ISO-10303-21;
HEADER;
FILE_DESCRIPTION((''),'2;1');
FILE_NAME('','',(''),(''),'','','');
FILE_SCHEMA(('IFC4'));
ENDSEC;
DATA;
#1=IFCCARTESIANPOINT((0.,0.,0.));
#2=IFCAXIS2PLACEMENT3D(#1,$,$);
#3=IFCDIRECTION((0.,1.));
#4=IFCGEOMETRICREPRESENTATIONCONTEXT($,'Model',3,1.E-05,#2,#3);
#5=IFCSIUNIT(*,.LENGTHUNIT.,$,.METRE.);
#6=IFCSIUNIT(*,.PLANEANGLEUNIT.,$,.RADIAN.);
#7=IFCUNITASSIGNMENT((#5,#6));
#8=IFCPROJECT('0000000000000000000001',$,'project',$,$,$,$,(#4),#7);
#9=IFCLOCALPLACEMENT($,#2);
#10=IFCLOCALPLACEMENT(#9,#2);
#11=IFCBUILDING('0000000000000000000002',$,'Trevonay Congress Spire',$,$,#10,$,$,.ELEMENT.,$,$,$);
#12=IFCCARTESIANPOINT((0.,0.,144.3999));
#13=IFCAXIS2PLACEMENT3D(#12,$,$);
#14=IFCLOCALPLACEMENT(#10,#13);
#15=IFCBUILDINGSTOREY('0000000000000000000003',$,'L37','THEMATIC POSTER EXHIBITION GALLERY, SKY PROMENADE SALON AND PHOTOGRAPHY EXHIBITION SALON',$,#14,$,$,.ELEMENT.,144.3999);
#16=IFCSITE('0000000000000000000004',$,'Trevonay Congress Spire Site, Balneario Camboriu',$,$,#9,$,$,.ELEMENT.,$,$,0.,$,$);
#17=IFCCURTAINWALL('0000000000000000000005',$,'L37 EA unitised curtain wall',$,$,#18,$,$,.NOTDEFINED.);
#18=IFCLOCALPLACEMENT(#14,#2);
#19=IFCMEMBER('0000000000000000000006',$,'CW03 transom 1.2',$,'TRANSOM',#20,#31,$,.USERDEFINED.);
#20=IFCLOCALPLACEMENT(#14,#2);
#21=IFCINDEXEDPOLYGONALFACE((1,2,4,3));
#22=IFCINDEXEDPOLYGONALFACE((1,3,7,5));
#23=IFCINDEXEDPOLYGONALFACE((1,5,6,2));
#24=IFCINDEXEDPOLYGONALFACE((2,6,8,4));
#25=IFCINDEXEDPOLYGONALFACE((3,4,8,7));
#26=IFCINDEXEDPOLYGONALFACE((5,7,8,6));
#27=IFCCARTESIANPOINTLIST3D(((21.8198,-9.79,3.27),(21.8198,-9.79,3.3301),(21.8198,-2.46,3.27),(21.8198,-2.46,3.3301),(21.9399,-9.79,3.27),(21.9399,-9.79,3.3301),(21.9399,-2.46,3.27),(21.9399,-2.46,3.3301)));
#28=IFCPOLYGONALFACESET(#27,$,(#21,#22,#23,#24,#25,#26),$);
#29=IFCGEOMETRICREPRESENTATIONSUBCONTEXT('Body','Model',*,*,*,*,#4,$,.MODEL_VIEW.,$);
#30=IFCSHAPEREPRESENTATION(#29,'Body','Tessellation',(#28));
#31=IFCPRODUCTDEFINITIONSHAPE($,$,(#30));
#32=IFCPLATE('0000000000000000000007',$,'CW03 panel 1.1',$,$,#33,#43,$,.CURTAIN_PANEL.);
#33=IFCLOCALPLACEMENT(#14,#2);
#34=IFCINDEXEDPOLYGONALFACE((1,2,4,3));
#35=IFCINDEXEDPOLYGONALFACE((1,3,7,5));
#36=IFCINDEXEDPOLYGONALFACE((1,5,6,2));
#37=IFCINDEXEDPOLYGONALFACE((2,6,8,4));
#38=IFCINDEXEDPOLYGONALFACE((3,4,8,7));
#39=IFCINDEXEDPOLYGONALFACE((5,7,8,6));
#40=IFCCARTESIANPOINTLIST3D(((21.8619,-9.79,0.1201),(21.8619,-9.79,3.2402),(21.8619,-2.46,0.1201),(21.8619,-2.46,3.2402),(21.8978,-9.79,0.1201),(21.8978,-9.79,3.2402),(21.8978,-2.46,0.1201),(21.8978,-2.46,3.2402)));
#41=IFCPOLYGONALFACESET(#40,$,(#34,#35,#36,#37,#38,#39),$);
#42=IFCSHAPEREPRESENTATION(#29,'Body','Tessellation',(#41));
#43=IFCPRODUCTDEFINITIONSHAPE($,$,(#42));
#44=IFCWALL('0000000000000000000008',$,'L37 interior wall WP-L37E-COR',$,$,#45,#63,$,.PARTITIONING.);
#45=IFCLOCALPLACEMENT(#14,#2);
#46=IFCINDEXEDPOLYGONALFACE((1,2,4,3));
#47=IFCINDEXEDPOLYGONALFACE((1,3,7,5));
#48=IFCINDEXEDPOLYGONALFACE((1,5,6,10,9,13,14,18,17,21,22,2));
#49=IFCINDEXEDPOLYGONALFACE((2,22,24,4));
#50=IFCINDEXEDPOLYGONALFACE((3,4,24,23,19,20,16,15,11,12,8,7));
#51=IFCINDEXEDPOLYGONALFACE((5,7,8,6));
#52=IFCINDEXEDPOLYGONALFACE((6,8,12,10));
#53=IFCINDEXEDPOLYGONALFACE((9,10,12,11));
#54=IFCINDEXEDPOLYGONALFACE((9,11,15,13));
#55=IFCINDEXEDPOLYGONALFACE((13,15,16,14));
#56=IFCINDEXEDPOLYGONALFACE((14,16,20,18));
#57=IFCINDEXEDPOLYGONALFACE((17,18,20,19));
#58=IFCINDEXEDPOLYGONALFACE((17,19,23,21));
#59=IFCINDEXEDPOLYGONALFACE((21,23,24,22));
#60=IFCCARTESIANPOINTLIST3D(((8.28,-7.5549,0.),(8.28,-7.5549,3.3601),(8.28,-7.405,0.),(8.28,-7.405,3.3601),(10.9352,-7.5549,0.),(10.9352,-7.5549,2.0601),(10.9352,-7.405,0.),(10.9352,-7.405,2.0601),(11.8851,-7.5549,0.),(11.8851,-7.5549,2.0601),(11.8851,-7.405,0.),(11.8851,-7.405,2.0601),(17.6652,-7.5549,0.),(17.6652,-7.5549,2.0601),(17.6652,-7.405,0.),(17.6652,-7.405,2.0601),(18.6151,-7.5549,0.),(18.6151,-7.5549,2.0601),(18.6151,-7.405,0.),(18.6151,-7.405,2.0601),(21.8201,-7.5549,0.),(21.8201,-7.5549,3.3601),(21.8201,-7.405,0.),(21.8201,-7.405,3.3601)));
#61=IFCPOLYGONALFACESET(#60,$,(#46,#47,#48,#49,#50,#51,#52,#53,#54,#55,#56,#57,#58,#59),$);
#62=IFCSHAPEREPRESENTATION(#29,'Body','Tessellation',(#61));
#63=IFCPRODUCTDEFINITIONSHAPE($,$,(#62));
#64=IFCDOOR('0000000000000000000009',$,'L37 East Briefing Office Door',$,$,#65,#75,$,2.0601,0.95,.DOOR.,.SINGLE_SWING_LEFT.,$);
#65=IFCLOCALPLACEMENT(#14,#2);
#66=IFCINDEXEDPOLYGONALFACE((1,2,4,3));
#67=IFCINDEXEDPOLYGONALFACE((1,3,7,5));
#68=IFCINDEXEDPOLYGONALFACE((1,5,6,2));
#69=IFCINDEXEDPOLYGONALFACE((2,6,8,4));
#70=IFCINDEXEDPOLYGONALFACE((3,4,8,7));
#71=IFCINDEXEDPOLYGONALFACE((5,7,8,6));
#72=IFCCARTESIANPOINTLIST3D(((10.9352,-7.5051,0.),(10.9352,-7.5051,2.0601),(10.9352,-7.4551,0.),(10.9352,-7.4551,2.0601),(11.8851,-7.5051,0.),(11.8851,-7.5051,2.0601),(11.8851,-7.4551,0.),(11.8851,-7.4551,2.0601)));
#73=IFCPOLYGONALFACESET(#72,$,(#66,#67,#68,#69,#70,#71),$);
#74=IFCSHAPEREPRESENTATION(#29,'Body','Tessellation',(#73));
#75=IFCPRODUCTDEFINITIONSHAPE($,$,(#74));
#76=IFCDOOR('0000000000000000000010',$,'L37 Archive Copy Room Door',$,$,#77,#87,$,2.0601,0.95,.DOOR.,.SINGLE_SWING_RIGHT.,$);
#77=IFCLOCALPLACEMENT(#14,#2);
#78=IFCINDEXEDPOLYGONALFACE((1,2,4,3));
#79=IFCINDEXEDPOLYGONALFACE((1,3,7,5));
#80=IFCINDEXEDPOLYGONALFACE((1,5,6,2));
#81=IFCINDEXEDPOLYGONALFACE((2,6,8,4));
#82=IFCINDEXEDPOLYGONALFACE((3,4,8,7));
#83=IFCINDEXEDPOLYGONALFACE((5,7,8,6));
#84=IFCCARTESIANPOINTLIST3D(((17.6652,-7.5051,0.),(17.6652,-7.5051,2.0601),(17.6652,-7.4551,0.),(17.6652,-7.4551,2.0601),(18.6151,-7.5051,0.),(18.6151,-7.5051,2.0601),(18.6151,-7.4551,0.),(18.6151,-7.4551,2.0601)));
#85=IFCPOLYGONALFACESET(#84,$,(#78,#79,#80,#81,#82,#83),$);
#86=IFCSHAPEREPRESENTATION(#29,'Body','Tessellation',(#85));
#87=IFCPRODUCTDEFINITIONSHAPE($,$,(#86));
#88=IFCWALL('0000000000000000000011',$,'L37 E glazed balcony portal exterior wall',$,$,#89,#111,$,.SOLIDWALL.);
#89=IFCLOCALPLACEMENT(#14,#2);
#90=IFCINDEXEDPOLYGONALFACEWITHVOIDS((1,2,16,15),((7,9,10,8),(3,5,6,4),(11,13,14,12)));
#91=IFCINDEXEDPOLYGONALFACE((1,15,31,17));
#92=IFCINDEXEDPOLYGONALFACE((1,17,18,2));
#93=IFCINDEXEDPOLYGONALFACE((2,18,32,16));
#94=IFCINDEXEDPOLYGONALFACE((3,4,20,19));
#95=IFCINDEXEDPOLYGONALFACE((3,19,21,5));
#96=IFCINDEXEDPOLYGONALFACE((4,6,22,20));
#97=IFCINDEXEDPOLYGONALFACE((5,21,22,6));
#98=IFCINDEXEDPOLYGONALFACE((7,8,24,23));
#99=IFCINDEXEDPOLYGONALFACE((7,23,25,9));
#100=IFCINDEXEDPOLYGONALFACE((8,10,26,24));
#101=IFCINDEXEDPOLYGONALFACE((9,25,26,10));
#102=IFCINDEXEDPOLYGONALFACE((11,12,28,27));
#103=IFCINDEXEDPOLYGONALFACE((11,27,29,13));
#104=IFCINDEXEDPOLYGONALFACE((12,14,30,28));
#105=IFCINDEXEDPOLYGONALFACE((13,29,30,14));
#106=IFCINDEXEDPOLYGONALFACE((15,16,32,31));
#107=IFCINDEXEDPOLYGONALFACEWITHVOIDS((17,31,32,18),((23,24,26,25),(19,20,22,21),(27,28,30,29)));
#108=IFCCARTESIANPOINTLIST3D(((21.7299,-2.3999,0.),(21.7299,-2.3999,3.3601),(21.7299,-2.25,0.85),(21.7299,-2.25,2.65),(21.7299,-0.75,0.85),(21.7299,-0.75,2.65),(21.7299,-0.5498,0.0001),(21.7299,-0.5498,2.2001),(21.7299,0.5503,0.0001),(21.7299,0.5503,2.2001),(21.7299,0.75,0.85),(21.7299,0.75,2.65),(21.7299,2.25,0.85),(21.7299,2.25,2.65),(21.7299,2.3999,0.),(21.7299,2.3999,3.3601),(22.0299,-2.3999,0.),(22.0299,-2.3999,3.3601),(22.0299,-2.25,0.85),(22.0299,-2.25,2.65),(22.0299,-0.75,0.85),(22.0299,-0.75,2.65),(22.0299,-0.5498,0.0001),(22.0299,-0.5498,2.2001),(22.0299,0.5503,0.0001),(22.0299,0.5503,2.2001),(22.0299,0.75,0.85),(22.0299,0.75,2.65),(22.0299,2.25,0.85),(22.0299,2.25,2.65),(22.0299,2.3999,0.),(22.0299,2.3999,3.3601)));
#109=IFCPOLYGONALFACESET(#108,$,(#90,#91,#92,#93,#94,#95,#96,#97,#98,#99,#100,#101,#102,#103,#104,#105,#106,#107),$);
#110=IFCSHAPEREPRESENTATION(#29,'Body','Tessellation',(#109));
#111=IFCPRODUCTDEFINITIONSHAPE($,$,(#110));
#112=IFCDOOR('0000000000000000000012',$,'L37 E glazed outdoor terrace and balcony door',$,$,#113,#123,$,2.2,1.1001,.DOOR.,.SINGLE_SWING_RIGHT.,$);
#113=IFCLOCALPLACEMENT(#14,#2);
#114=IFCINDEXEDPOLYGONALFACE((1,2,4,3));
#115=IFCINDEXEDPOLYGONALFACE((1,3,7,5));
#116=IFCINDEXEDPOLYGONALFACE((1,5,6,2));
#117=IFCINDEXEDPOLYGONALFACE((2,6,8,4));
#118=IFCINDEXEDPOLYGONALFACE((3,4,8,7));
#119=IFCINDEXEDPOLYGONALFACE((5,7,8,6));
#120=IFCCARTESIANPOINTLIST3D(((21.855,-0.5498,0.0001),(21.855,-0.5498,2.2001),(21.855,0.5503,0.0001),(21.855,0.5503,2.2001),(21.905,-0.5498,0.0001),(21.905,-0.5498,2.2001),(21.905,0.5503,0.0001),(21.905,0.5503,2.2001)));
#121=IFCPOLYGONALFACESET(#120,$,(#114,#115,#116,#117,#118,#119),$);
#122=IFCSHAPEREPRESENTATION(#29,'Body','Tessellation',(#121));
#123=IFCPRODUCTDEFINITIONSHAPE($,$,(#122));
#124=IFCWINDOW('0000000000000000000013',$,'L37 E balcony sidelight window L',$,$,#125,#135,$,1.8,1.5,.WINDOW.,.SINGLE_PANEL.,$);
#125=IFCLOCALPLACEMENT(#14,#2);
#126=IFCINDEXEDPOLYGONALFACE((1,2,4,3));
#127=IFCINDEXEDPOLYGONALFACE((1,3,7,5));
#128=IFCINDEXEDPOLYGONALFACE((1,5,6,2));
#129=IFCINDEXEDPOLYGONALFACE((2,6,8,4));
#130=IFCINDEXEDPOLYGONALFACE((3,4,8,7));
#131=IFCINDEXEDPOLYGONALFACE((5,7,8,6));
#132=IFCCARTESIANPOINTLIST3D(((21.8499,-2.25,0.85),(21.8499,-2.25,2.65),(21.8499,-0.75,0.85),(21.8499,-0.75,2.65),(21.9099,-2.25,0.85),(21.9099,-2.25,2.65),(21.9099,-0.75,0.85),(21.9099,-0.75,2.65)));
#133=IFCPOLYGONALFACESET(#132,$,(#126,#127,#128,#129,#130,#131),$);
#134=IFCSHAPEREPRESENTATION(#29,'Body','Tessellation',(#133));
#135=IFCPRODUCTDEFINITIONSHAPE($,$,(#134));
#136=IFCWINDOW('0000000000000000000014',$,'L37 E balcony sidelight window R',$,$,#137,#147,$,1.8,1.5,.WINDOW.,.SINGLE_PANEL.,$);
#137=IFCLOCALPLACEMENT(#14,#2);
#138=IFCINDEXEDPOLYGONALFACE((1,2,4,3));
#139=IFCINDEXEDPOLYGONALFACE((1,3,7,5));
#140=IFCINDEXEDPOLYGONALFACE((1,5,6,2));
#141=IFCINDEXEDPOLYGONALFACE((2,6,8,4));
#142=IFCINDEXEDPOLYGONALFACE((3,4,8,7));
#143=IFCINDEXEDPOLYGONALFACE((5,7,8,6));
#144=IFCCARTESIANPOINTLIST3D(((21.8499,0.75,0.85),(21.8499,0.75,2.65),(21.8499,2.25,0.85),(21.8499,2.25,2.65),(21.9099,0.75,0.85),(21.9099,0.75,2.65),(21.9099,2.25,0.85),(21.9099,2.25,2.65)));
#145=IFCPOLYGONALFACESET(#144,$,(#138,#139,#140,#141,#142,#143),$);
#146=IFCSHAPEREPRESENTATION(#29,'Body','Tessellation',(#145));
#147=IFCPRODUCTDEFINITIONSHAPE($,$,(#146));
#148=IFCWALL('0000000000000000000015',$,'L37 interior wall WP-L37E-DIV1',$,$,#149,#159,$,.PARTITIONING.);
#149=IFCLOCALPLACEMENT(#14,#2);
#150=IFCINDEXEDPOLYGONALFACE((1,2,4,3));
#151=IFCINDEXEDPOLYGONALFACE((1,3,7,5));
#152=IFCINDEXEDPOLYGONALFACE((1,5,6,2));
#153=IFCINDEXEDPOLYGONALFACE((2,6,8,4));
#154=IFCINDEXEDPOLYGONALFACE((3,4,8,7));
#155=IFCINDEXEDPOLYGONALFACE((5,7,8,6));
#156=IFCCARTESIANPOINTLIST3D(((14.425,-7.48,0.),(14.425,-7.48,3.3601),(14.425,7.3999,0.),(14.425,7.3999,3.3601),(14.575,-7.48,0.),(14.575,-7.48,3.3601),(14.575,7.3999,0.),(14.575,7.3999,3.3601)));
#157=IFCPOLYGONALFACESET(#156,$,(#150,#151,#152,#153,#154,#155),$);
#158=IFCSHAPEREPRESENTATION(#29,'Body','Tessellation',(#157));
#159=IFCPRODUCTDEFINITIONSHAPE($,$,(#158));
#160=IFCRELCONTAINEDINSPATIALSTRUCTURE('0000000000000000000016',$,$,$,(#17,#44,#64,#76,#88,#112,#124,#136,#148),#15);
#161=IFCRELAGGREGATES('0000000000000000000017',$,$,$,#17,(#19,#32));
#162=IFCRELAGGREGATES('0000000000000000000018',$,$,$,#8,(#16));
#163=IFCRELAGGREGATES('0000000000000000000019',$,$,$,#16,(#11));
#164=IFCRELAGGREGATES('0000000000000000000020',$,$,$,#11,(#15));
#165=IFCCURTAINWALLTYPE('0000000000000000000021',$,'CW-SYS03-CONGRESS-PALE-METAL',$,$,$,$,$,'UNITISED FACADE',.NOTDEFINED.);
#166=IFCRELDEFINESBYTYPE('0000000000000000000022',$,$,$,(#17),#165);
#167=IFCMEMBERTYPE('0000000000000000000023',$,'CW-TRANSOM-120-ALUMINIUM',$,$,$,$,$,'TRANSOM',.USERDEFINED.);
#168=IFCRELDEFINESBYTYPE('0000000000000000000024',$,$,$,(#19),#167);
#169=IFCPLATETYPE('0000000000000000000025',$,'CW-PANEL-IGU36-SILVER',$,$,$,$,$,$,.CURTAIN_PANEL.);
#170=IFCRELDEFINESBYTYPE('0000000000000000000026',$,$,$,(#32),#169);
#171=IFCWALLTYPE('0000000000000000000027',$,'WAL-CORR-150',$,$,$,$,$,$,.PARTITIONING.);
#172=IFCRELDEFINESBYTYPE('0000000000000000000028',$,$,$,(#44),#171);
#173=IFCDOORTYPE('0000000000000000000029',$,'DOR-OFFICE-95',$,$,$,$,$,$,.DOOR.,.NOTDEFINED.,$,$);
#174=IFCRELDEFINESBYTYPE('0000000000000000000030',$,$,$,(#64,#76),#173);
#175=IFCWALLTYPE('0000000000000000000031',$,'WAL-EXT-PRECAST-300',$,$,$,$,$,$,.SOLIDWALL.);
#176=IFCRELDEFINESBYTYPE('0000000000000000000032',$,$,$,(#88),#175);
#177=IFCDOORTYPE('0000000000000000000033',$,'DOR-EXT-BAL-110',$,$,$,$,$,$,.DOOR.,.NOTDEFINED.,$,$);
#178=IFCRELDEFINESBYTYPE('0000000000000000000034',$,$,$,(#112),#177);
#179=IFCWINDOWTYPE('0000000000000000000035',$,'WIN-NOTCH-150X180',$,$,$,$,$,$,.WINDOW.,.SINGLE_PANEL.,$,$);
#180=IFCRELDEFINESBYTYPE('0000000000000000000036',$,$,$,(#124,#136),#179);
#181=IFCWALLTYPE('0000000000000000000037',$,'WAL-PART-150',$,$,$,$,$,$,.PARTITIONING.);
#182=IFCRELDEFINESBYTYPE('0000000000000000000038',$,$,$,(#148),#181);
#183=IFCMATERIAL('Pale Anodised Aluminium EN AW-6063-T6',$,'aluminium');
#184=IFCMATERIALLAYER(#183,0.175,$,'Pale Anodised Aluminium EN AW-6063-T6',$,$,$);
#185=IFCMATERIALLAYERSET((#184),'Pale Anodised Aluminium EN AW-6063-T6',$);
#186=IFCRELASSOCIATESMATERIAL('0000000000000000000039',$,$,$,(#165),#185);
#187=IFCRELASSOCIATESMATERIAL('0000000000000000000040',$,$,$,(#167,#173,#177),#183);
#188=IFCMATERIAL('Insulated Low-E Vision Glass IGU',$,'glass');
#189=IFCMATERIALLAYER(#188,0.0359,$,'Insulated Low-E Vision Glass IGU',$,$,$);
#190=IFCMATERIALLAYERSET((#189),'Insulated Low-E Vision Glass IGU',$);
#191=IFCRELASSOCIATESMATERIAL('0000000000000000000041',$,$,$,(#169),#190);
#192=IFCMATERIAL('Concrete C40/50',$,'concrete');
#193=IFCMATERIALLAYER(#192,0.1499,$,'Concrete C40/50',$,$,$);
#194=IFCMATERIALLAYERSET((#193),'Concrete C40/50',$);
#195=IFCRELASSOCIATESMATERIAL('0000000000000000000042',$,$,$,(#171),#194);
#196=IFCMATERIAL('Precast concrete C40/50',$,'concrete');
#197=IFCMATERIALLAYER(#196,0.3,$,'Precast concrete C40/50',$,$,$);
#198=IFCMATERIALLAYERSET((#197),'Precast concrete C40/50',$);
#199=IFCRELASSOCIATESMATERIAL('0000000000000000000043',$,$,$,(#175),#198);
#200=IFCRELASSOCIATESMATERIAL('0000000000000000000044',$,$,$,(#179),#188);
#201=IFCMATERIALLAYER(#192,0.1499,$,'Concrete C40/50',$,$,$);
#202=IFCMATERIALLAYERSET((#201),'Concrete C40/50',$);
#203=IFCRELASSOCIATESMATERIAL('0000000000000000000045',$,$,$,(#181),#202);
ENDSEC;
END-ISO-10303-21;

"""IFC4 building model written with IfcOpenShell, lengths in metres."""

from ifc_helpers import new_model, si_unit, direction, frame, frame_2d, origin, origin_2d, place, context, subcontext, project, spatial, rectangle, extrude, material, layer, layer_set, material_profile, profile_set, type_object, element, fill, aggregate, save


model = new_model("IFC4")

# Units and contexts
model_context = context("Model", 3, precision=1e-05, world=origin(), true_north=direction((0.0, 1.0)))
body_context = subcontext(model_context, "Body", "Model", "MODEL_VIEW")
ifc_project = project(units=[si_unit("LENGTHUNIT", "METRE"), si_unit("PLANEANGLEUNIT", "RADIAN")], contexts=[model_context])

# Site, building, storey
site_placement = place(None, origin())
site = spatial("IfcSite", under=ifc_project, at=site_placement, Name="Trevonay Congress Spire Site, Balneario Camboriu", CompositionType="ELEMENT", RefElevation=0.0)
building_placement = place(site_placement, origin())
building = spatial("IfcBuilding", under=site, at=building_placement, Name="Trevonay Congress Spire", CompositionType="ELEMENT")
storey_placement = place(building_placement, frame((0.0, 0.0, 144.3999)))
storey = spatial("IfcBuildingStorey", under=building, at=storey_placement, Name="L37", Description="THEMATIC POSTER EXHIBITION GALLERY, SKY PROMENADE SALON AND PHOTOGRAPHY EXHIBITION SALON", CompositionType="ELEMENT", Elevation=144.3999)

# Curtain wall, member, plate
ifc_material_1 = material(Name="Pale Anodised Aluminium EN AW-6063-T6", Category="aluminium")
ifc_layer_1 = layer(ifc_material_1, 0.175, Name="Pale Anodised Aluminium EN AW-6063-T6")
ifc_layer_set_1 = layer_set([ifc_layer_1], Name="Pale Anodised Aluminium EN AW-6063-T6")
curtain_wall_type = type_object("IfcCurtainWallType", Name="CW-SYS03-CONGRESS-PALE-METAL", ElementType="UNITISED FACADE", PredefinedType="NOTDEFINED", material=ifc_layer_set_1)
curtain_wall_placement = place(storey_placement, origin())
curtain_wall = element("IfcCurtainWall", 1, at=curtain_wall_placement, inside=storey, type_object=curtain_wall_type, Name="L37 EA unitised curtain wall", PredefinedType="NOTDEFINED")
ifc_material_profile_1 = material_profile(ifc_material_1, rectangle(XDim=0.1201, YDim=0.0601, at=origin_2d()), Name="CW-TRANSOM-120-ALUMINIUM")
ifc_profile_set_1 = profile_set([ifc_material_profile_1], Name="Pale Anodised Aluminium EN AW-6063-T6")
member_type_1 = type_object("IfcMemberType", Name="CW-TRANSOM-120-ALUMINIUM", ElementType="TRANSOM", PredefinedType="USERDEFINED", material=ifc_profile_set_1)
member_1_placement = place(storey_placement, frame((21.8799, -9.79, 3.3), z_axis=(0.0, 1.0, 0.0), x_axis=(-1.0, 0.0, 0.0)))
member_1 = element("IfcMember", 2, at=member_1_placement, type_object=member_type_1, Name="CW03 transom 1.2", ObjectType="TRANSOM", PredefinedType="USERDEFINED", context=body_context, shape_type="SweptSolid", body=[
    extrude(rectangle(XDim=0.1201, YDim=0.0601, at=origin_2d()), origin(), (0.0, 0.0, 1.0), 7.3301),
])
ifc_material_2 = material(Name="Insulated Low-E Vision Glass IGU", Category="glass")
ifc_layer_2 = layer(ifc_material_2, 0.0359, Name="Insulated Low-E Vision Glass IGU")
ifc_layer_set_2 = layer_set([ifc_layer_2], Name="Insulated Low-E Vision Glass IGU")
plate_type = type_object("IfcPlateType", Name="CW-PANEL-IGU36-SILVER", PredefinedType="CURTAIN_PANEL", material=ifc_layer_set_2)
plate_placement = place(storey_placement, frame((21.8799, -6.125, 0.1201), z_axis=(0.0, 0.0, 1.0), x_axis=(0.0, 1.0, 0.0)))
plate = element("IfcPlate", 3, at=plate_placement, type_object=plate_type, Name="CW03 panel 1.1", PredefinedType="CURTAIN_PANEL", context=body_context, shape_type="SweptSolid", body=[
    extrude(rectangle(XDim=7.3301, YDim=0.0359, at=origin_2d()), origin(), (0.0, 0.0, 1.0), 3.1201),
])
aggregate(curtain_wall, [member_1, plate])

# Wall, openings, doors
ifc_material_3 = material(Name="Concrete C40/50", Category="concrete")
ifc_layer_3 = layer(ifc_material_3, 0.1499, Name="Concrete C40/50")
ifc_layer_set_3 = layer_set([ifc_layer_3], Name="Concrete C40/50")
wall_type_1 = type_object("IfcWallType", Name="WAL-CORR-150", PredefinedType="PARTITIONING", material=ifc_layer_set_3)
wall_1_placement = place(storey_placement, frame((8.28, -7.48, 0.0), z_axis=(0.0, 0.0, 1.0), x_axis=(1.0, 0.0, 0.0)))
wall_1 = element("IfcWall", 4, at=wall_1_placement, inside=storey, type_object=wall_type_1, Name="L37 interior wall WP-L37E-COR", PredefinedType="PARTITIONING", context=body_context, shape_type="SweptSolid", body=[
    extrude(rectangle(XDim=13.54, YDim=0.1499, at=frame_2d((6.77, 0.0))), origin(), (0.0, 0.0, 1.0), 3.3601),
])
opening_1_placement = place(wall_1_placement, frame((2.655, 0.0, 0.0)))
opening_1 = element("IfcOpeningElement", 5, at=opening_1_placement, cuts=wall_1, PredefinedType="OPENING", context=body_context, shape_type="SweptSolid", body=[
    extrude(rectangle(XDim=0.95, YDim=2.0601, at=frame_2d((0.4751, 1.03))), frame((0.0, 0.085, 0.0), z_axis=(0.0, -1.0, 0.0), x_axis=(1.0, 0.0, 0.0)), (0.0, 0.0, 1.0), 0.1699),
])
opening_2_placement = place(wall_1_placement, frame((9.385, 0.0, 0.0)))
opening_2 = element("IfcOpeningElement", 6, at=opening_2_placement, cuts=wall_1, PredefinedType="OPENING", context=body_context, shape_type="SweptSolid", body=[
    extrude(rectangle(XDim=0.95, YDim=2.0601, at=frame_2d((0.4751, 1.03))), frame((0.0, 0.085, 0.0), z_axis=(0.0, -1.0, 0.0), x_axis=(1.0, 0.0, 0.0)), (0.0, 0.0, 1.0), 0.1699),
])
door_type_1 = type_object("IfcDoorType", Name="DOR-OFFICE-95", OperationType="NOTDEFINED", PredefinedType="DOOR", material=ifc_material_1)
door_1_placement = place(opening_1_placement, origin())
door_1 = element("IfcDoor", 7, at=door_1_placement, inside=storey, type_object=door_type_1, Name="L37 East Briefing Office Door", OperationType="SINGLE_SWING_LEFT", OverallHeight=2.0601, OverallWidth=0.95, PredefinedType="DOOR", context=body_context, shape_type="SweptSolid", body=[
    extrude(rectangle(XDim=0.95, YDim=2.0601, at=frame_2d((0.4751, 1.03))), frame((0.0, 0.0249, 0.0), z_axis=(0.0, -1.0, 0.0), x_axis=(1.0, 0.0, 0.0)), (0.0, 0.0, 1.0), 0.05),
])
fill(opening_1, door_1)
door_2_placement = place(opening_2_placement, origin())
door_2 = element("IfcDoor", 8, at=door_2_placement, inside=storey, type_object=door_type_1, Name="L37 Archive Copy Room Door", OperationType="SINGLE_SWING_RIGHT", OverallHeight=2.0601, OverallWidth=0.95, PredefinedType="DOOR", context=body_context, shape_type="SweptSolid", body=[
    extrude(rectangle(XDim=0.95, YDim=2.0601, at=frame_2d((0.4751, 1.03))), frame((0.0, 0.0249, 0.0), z_axis=(0.0, -1.0, 0.0), x_axis=(1.0, 0.0, 0.0)), (0.0, 0.0, 1.0), 0.05),
])
fill(opening_2, door_2)

# Wall, openings, door, windows
ifc_material_4 = material(Name="Precast concrete C40/50", Category="concrete")
ifc_layer_4 = layer(ifc_material_4, 0.3, Name="Precast concrete C40/50")
ifc_layer_set_4 = layer_set([ifc_layer_4], Name="Precast concrete C40/50")
wall_type_2 = type_object("IfcWallType", Name="WAL-EXT-PRECAST-300", PredefinedType="SOLIDWALL", material=ifc_layer_set_4)
wall_2_placement = place(storey_placement, frame((21.8799, -2.3999, 0.0), z_axis=(0.0, 0.0, 1.0), x_axis=(0.0, 1.0, 0.0)))
wall_2 = element("IfcWall", 9, at=wall_2_placement, inside=storey, type_object=wall_type_2, Name="L37 E glazed balcony portal exterior wall", PredefinedType="SOLIDWALL", context=body_context, shape_type="SweptSolid", body=[
    extrude(rectangle(XDim=4.7998, YDim=0.3, at=frame_2d((2.3999, 0.0))), origin(), (0.0, 0.0, 1.0), 3.3601),
])
opening_3_placement = place(wall_2_placement, frame((1.8501, 0.0, 0.0)))
opening_3 = element("IfcOpeningElement", 10, at=opening_3_placement, cuts=wall_2, PredefinedType="OPENING", context=body_context, shape_type="SweptSolid", body=[
    extrude(rectangle(XDim=1.1001, YDim=2.2, at=frame_2d((0.55, 1.1001))), frame((0.0, 0.1602, 0.0), z_axis=(0.0, -1.0, 0.0), x_axis=(1.0, 0.0, 0.0)), (0.0, 0.0, 1.0), 0.3201),
])
opening_4_placement = place(wall_2_placement, frame((0.1499, 0.0, 0.8501)))
opening_4 = element("IfcOpeningElement", 11, at=opening_4_placement, cuts=wall_2, PredefinedType="OPENING", context=body_context, shape_type="SweptSolid", body=[
    extrude(rectangle(XDim=1.5, YDim=1.8, at=frame_2d((0.75, 0.8999))), frame((0.0, 0.1602, 0.0), z_axis=(0.0, -1.0, 0.0), x_axis=(1.0, 0.0, 0.0)), (0.0, 0.0, 1.0), 0.3201),
])
opening_5_placement = place(wall_2_placement, frame((3.1499, 0.0, 0.8501)))
opening_5 = element("IfcOpeningElement", 12, at=opening_5_placement, cuts=wall_2, PredefinedType="OPENING", context=body_context, shape_type="SweptSolid", body=[
    extrude(rectangle(XDim=1.5, YDim=1.8, at=frame_2d((0.75, 0.8999))), frame((0.0, 0.1602, 0.0), z_axis=(0.0, -1.0, 0.0), x_axis=(1.0, 0.0, 0.0)), (0.0, 0.0, 1.0), 0.3201),
])
door_type_2 = type_object("IfcDoorType", Name="DOR-EXT-BAL-110", OperationType="NOTDEFINED", PredefinedType="DOOR", material=ifc_material_1)
door_3_placement = place(opening_3_placement, origin())
door_3 = element("IfcDoor", 13, at=door_3_placement, inside=storey, type_object=door_type_2, Name="L37 E glazed outdoor terrace and balcony door", OperationType="SINGLE_SWING_RIGHT", OverallHeight=2.2, OverallWidth=1.1001, PredefinedType="DOOR", context=body_context, shape_type="SweptSolid", body=[
    extrude(rectangle(XDim=1.1001, YDim=2.2, at=frame_2d((0.55, 1.1001))), frame((0.0, 0.0249, 0.0), z_axis=(0.0, -1.0, 0.0), x_axis=(1.0, 0.0, 0.0)), (0.0, 0.0, 1.0), 0.05),
])
fill(opening_3, door_3)
window_type = type_object("IfcWindowType", Name="WIN-NOTCH-150X180", PartitioningType="SINGLE_PANEL", PredefinedType="WINDOW", material=ifc_material_2)
window_1_placement = place(opening_4_placement, origin())
window_1 = element("IfcWindow", 14, at=window_1_placement, inside=storey, type_object=window_type, Name="L37 E balcony sidelight window L", OverallHeight=1.8, OverallWidth=1.5, PartitioningType="SINGLE_PANEL", PredefinedType="WINDOW", context=body_context, shape_type="SweptSolid", body=[
    extrude(rectangle(XDim=1.5, YDim=1.8, at=frame_2d((0.75, 0.8999))), frame((0.0, 0.03, 0.0), z_axis=(0.0, -1.0, 0.0), x_axis=(1.0, 0.0, 0.0)), (0.0, 0.0, 1.0), 0.0601),
])
fill(opening_4, window_1)
window_2_placement = place(opening_5_placement, origin())
window_2 = element("IfcWindow", 15, at=window_2_placement, inside=storey, type_object=window_type, Name="L37 E balcony sidelight window R", OverallHeight=1.8, OverallWidth=1.5, PartitioningType="SINGLE_PANEL", PredefinedType="WINDOW", context=body_context, shape_type="SweptSolid", body=[
    extrude(rectangle(XDim=1.5, YDim=1.8, at=frame_2d((0.75, 0.8999))), frame((0.0, 0.03, 0.0), z_axis=(0.0, -1.0, 0.0), x_axis=(1.0, 0.0, 0.0)), (0.0, 0.0, 1.0), 0.0601),
])
fill(opening_5, window_2)

# Wall
ifc_layer_5 = layer(ifc_material_3, 0.1499, Name="Concrete C40/50")
ifc_layer_set_5 = layer_set([ifc_layer_5], Name="Concrete C40/50")
wall_type_3 = type_object("IfcWallType", Name="WAL-PART-150", PredefinedType="PARTITIONING", material=ifc_layer_set_5)
wall_3_placement = place(storey_placement, frame((14.5, -7.48, 0.0), z_axis=(0.0, 0.0, 1.0), x_axis=(0.0, 1.0, 0.0)))
element("IfcWall", 16, at=wall_3_placement, inside=storey, type_object=wall_type_3, Name="L37 interior wall WP-L37E-DIV1", PredefinedType="PARTITIONING", context=body_context, shape_type="SweptSolid", body=[
    extrude(rectangle(XDim=14.8799, YDim=0.1499, at=frame_2d((7.4399, 0.0))), origin(), (0.0, 0.0, 1.0), 3.3601),
])

save(model, "model.ifc")
